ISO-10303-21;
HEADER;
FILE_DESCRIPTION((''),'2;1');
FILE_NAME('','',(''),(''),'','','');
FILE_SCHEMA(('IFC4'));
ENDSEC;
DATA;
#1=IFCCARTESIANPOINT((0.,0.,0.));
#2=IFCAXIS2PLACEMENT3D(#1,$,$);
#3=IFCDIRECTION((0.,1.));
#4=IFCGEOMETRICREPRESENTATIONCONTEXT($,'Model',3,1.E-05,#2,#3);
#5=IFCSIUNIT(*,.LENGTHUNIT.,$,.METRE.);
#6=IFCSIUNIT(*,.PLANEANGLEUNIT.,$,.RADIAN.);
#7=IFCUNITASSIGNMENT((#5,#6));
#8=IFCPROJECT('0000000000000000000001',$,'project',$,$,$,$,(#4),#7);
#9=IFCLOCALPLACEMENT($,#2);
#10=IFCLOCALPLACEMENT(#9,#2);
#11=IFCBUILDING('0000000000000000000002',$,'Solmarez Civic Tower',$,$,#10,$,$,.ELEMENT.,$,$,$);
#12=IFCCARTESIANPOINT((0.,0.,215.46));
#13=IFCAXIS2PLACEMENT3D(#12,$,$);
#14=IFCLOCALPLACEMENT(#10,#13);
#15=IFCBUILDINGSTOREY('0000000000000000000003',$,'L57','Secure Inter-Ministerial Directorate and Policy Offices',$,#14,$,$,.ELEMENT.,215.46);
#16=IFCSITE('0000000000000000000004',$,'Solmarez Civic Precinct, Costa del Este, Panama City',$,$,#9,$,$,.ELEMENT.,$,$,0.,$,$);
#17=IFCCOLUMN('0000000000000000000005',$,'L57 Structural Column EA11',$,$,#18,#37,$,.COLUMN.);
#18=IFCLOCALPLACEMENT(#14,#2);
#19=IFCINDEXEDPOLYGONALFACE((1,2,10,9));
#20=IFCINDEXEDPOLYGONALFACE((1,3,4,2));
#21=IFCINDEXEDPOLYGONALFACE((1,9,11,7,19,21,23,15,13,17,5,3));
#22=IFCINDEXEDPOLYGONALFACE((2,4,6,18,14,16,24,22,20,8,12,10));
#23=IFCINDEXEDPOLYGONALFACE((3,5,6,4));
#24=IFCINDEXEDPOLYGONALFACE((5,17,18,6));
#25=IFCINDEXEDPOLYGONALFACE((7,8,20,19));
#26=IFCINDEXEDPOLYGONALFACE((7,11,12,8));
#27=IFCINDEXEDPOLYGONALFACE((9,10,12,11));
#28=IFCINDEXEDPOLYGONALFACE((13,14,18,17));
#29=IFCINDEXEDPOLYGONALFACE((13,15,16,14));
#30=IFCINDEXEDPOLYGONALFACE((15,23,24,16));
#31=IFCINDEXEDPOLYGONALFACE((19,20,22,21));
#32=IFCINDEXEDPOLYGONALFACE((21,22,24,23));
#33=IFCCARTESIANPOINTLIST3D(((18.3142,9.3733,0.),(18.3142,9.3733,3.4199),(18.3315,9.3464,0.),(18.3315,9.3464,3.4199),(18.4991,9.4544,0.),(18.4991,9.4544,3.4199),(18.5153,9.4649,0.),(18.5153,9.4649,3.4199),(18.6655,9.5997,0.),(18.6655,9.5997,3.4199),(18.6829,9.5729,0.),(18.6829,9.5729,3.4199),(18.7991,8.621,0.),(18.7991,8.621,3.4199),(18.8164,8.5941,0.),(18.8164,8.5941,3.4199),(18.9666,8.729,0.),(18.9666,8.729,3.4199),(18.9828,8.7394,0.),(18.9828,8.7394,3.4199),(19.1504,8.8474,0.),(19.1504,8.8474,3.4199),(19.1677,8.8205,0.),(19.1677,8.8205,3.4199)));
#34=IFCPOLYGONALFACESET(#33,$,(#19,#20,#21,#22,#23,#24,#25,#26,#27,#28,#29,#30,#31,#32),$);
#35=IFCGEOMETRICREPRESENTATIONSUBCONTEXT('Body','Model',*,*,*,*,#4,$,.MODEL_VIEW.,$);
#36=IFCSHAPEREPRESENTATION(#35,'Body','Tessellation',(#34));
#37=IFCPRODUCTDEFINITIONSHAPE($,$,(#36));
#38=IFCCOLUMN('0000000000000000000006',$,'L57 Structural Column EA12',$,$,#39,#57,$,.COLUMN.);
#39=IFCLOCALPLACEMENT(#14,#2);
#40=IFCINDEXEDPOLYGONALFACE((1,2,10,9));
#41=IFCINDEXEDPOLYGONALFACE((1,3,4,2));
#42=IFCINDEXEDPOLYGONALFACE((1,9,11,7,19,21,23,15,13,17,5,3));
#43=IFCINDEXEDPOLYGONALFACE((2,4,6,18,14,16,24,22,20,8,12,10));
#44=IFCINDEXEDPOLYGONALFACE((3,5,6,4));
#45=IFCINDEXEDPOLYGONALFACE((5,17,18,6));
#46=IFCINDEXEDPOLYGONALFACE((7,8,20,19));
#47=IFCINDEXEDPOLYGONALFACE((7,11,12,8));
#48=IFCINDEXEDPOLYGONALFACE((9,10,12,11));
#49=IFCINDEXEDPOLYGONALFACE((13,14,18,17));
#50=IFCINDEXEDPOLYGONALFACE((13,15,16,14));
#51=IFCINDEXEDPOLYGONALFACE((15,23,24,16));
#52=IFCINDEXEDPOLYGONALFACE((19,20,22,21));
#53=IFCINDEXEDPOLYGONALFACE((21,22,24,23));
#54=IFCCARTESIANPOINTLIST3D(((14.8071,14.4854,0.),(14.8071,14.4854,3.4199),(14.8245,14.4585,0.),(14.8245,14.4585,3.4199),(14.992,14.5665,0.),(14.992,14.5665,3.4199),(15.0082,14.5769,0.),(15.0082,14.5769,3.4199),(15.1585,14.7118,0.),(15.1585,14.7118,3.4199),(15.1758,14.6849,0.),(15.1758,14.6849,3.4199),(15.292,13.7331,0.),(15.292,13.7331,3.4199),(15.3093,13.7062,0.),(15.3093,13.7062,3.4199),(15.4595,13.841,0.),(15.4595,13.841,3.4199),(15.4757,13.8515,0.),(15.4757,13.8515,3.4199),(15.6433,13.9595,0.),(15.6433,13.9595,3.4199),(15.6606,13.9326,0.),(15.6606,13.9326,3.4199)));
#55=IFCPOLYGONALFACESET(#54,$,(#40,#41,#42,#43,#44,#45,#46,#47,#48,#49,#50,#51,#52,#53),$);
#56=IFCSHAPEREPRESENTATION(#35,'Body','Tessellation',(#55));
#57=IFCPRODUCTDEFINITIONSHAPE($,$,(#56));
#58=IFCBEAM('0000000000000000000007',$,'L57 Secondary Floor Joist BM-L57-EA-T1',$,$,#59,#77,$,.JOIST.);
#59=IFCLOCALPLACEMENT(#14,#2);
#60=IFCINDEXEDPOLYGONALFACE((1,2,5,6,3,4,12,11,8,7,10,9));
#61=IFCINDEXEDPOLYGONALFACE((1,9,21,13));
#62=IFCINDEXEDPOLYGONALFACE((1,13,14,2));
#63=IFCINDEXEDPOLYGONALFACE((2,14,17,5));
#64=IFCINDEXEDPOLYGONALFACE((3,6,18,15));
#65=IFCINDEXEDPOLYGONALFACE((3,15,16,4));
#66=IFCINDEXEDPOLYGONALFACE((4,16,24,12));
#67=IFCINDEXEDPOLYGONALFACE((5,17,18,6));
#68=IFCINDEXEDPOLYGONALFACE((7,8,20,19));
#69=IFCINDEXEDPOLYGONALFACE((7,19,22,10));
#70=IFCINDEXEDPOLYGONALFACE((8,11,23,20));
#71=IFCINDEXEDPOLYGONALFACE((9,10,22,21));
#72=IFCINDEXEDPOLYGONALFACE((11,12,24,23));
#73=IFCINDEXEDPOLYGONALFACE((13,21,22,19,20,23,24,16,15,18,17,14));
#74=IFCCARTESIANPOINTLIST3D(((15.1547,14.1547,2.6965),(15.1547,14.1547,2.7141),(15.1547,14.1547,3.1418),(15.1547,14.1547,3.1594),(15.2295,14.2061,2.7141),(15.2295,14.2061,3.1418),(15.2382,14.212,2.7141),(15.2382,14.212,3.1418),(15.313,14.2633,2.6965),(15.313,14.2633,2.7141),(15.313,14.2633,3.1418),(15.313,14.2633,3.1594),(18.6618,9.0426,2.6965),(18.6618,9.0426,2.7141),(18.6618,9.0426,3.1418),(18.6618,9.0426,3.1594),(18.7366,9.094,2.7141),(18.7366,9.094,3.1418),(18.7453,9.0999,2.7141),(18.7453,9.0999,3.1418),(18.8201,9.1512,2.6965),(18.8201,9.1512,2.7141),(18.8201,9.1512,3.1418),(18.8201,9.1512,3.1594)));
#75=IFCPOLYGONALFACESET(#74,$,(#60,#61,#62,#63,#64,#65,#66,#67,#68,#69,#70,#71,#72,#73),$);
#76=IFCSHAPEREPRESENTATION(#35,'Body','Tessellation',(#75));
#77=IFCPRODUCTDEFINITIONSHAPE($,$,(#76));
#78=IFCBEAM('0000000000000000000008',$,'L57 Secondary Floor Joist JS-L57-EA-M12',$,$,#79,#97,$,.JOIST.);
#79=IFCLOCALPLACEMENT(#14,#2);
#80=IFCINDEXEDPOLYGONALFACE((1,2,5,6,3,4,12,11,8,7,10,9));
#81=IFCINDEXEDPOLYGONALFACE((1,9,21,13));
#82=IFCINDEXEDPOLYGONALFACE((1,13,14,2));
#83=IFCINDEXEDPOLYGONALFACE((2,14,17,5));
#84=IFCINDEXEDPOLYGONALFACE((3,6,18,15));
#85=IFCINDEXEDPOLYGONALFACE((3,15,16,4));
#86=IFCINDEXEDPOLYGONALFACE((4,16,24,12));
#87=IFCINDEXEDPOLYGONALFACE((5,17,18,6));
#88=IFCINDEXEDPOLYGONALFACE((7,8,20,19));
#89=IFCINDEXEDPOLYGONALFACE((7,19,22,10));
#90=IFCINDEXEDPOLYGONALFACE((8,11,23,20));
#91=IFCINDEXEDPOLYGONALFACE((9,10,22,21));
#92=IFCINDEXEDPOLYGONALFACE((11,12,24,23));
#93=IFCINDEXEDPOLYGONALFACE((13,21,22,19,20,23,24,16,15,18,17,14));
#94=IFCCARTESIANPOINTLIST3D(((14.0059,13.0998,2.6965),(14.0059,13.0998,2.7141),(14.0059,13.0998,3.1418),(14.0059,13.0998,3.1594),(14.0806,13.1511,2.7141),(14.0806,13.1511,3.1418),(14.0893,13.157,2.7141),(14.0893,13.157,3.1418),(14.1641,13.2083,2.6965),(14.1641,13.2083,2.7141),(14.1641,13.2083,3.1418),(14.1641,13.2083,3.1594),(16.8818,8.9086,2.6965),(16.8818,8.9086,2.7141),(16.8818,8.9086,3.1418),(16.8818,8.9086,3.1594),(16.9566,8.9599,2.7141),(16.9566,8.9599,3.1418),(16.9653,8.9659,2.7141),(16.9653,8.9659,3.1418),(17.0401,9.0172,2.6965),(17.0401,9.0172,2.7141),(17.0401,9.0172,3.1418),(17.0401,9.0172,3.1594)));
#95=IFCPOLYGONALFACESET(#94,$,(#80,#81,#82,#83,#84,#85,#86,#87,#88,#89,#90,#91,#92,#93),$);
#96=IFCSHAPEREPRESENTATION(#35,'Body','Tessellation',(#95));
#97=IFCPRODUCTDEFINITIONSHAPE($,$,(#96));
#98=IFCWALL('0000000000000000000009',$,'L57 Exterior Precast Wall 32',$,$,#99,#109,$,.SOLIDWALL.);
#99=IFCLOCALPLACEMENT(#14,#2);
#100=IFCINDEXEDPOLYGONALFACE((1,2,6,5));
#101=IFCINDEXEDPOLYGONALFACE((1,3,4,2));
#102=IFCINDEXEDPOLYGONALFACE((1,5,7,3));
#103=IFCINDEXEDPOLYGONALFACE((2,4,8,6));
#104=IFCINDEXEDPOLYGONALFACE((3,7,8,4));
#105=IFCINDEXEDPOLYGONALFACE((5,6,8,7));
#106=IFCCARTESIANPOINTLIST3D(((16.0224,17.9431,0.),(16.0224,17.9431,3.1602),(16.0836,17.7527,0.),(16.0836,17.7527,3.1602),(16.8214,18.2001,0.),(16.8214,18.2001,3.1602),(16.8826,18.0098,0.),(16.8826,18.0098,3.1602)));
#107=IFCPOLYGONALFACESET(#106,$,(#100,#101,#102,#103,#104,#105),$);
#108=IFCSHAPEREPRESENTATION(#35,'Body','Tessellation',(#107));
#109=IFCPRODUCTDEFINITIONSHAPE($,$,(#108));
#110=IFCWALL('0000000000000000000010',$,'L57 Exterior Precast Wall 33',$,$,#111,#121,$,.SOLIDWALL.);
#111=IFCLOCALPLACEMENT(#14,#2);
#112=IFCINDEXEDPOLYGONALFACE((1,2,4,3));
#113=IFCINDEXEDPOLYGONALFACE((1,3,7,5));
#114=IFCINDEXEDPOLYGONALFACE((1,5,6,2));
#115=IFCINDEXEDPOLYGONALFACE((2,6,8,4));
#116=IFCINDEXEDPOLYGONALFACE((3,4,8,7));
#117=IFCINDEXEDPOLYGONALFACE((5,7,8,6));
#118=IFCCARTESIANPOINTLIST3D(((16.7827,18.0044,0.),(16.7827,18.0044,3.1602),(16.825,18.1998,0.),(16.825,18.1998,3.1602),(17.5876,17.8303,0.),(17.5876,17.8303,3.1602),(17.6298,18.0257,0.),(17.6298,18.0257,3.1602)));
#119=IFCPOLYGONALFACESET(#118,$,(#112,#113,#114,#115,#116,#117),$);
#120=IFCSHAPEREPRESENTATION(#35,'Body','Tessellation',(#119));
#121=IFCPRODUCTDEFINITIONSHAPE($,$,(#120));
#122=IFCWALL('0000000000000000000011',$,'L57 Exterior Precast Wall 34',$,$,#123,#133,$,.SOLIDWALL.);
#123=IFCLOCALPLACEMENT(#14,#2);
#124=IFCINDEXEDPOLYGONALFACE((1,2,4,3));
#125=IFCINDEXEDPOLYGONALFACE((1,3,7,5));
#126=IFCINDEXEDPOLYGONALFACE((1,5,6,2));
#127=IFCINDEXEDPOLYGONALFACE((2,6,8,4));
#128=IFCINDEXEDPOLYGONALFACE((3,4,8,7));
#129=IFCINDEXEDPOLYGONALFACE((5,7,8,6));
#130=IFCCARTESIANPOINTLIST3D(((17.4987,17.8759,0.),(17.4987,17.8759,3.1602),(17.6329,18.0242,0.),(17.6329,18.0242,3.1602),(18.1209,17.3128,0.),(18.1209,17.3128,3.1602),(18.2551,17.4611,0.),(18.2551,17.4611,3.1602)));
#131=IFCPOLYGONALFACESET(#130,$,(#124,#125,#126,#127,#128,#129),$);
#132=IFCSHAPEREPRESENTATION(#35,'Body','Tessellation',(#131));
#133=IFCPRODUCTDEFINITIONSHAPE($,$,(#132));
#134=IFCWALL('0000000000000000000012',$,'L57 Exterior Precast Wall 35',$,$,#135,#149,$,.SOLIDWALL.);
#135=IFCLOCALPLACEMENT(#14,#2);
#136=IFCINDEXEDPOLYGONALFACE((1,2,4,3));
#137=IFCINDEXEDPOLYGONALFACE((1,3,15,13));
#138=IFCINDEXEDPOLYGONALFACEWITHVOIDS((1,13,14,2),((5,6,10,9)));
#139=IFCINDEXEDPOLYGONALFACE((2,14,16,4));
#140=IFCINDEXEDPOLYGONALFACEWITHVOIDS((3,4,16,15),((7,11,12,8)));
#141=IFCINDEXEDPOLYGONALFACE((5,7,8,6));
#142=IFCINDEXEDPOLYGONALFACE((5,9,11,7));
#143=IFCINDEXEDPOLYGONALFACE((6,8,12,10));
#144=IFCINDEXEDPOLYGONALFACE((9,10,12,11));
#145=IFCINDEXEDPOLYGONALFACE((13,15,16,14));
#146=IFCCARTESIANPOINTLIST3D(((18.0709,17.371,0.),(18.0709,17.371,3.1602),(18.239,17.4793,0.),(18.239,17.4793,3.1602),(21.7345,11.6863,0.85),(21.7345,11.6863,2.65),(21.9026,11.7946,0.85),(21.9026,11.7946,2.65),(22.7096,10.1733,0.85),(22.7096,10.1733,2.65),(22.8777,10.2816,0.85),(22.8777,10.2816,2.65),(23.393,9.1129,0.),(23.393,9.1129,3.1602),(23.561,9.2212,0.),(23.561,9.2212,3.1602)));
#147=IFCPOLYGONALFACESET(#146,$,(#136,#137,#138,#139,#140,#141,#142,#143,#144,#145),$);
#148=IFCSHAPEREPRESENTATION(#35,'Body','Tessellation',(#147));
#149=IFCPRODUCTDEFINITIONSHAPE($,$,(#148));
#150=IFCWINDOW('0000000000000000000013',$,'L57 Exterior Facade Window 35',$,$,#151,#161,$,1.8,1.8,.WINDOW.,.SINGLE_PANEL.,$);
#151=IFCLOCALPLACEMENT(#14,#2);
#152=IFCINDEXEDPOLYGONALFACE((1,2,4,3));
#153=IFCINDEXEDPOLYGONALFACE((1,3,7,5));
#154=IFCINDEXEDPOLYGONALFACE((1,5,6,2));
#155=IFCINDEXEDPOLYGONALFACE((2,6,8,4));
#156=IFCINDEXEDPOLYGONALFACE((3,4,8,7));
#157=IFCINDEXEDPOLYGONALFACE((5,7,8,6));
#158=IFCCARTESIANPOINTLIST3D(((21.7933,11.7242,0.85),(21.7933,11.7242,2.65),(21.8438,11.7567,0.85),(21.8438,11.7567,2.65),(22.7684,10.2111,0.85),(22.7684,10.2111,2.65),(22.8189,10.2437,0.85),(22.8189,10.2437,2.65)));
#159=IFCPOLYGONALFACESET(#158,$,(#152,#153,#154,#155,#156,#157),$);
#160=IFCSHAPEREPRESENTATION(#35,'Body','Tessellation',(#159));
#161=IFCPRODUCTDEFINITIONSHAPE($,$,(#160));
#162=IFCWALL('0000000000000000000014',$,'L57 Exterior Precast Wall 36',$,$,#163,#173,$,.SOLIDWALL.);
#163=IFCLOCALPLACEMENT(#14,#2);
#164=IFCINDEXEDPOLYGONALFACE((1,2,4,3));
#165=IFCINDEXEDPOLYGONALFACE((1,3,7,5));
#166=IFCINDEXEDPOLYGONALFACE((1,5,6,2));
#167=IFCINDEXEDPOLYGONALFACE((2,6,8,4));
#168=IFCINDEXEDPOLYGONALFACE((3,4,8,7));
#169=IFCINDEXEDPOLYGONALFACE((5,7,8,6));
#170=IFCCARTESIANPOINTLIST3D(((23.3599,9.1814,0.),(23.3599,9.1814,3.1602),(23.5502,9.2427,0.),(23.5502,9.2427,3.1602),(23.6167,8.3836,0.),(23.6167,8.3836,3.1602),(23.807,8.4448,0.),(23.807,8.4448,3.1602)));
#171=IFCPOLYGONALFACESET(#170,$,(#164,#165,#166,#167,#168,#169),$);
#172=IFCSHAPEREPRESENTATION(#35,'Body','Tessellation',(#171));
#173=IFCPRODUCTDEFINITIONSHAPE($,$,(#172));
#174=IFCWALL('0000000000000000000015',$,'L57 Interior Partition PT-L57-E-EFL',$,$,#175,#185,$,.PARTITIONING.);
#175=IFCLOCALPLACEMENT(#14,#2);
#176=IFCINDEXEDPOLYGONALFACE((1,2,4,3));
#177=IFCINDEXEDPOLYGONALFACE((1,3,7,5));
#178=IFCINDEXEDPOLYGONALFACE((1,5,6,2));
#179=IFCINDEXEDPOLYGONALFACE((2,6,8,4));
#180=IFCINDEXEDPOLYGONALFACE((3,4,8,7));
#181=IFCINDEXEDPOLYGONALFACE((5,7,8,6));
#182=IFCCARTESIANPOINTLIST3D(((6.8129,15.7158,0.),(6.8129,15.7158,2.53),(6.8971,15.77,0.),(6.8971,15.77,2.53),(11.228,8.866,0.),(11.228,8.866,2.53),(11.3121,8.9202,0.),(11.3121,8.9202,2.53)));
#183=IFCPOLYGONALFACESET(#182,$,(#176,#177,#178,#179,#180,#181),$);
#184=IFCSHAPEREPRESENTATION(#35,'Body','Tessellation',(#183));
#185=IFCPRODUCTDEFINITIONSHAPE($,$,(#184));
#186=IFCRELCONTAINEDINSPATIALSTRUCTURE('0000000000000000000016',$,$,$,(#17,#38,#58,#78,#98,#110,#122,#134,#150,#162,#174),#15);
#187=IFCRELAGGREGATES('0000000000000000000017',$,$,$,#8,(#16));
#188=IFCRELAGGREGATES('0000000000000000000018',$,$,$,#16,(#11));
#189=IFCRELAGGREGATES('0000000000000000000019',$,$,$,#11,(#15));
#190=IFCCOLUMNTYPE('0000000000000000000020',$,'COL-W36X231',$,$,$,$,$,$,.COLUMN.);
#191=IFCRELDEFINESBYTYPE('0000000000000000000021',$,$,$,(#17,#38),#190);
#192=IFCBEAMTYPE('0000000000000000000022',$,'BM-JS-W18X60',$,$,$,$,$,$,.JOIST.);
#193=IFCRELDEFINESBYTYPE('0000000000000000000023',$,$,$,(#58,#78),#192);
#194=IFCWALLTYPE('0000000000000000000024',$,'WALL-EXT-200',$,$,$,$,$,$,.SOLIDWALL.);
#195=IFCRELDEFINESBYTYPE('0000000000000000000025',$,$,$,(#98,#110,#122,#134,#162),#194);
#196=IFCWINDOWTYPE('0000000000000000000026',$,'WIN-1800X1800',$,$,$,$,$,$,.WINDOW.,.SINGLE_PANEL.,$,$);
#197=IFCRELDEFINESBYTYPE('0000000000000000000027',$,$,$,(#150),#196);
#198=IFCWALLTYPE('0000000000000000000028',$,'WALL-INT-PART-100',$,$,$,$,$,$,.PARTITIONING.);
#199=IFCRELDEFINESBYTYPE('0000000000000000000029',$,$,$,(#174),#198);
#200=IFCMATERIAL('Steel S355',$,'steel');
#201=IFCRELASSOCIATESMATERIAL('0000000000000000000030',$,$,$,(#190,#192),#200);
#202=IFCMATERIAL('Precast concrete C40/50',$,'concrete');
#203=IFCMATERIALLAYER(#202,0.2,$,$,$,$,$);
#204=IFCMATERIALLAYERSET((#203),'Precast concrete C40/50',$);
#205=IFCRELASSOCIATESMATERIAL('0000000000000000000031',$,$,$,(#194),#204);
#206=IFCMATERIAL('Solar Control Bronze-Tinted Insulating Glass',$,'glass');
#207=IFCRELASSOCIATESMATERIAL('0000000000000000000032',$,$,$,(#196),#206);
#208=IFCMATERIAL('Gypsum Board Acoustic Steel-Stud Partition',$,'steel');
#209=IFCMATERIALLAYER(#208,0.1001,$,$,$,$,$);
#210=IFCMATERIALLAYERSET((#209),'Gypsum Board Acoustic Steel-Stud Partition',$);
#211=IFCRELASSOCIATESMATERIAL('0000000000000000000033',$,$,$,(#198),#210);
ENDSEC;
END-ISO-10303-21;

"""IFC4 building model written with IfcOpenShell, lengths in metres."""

from ifc_helpers import new_model, si_unit, direction, frame, frame_2d, origin, origin_2d, place, context, subcontext, project, spatial, rectangle, i_section, extrude, material, layer, layer_set, material_profile, profile_set, type_object, element, fill, save


model = new_model("IFC4")

# Units and contexts
model_context = context("Model", 3, precision=1e-05, world=origin(), true_north=direction((0.0, 1.0)))
body_context = subcontext(model_context, "Body", "Model", "MODEL_VIEW")
ifc_project = project(units=[si_unit("LENGTHUNIT", "METRE"), si_unit("PLANEANGLEUNIT", "RADIAN")], contexts=[model_context])

# Site, building, storey
site_placement = place(None, origin())
site = spatial("IfcSite", under=ifc_project, at=site_placement, Name="Solmarez Civic Precinct, Costa del Este, Panama City", CompositionType="ELEMENT", RefElevation=0.0)
building_placement = place(site_placement, origin())
building = spatial("IfcBuilding", under=site, at=building_placement, Name="Solmarez Civic Tower", CompositionType="ELEMENT")
storey_placement = place(building_placement, frame((0.0, 0.0, 215.46)))
storey = spatial("IfcBuildingStorey", under=building, at=storey_placement, Name="L57", Description="Secure Inter-Ministerial Directorate and Policy Offices", CompositionType="ELEMENT", Elevation=215.46)

# Columns
ifc_material_1 = material(Name="Steel S355", Category="steel")
ifc_material_profile_1 = material_profile(ifc_material_1, i_section(OverallWidth=0.418, OverallDepth=0.927, WebThickness=0.0193, FlangeThickness=0.032, at=origin_2d()), Name="W36X231")
ifc_profile_set_1 = profile_set([ifc_material_profile_1], Name="Steel S355")
column_type = type_object("IfcColumnType", Name="COL-W36X231", PredefinedType="COLUMN", material=ifc_profile_set_1)
for number, where, z_axis, x_axis, name in (
    (1, (18.741, 9.0969, 0.0), (0.0, 0.0, 1.0), (0.840567, 0.541708, 0.0), "L57 Structural Column EA11"),
    (2, (15.2339, 14.209, 0.0), (0.0, 0.0, 1.0), (0.840567, 0.541708, 0.0), "L57 Structural Column EA12"),
):
    element("IfcColumn", number, at=place(storey_placement, frame(where, z_axis=z_axis, x_axis=x_axis)), inside=storey, type_object=column_type, Name=name, PredefinedType="COLUMN", context=body_context, shape_type="SweptSolid", body=[
        extrude(i_section(OverallWidth=0.418, OverallDepth=0.927, WebThickness=0.0193, FlangeThickness=0.032, at=origin_2d()), origin(), (0.0, 0.0, 1.0), 3.4199),
    ])

# Beams
ifc_material_profile_2 = material_profile(ifc_material_1, i_section(OverallWidth=0.1919, OverallDepth=0.4629, WebThickness=0.0105, FlangeThickness=0.0176, at=origin_2d()), Name="W18X60")
ifc_profile_set_2 = profile_set([ifc_material_profile_2], Name="Steel S355")
beam_type = type_object("IfcBeamType", Name="BM-JS-W18X60", PredefinedType="JOIST", material=ifc_profile_set_2)
beam_1_placement = place(storey_placement, frame((18.741, 9.0969, 2.928), z_axis=(-0.565711, 0.824603, 0.0), x_axis=(-0.824603, -0.565711, 0.0)))
element("IfcBeam", 3, at=beam_1_placement, inside=storey, type_object=beam_type, Name="L57 Secondary Floor Joist BM-L57-EA-T1", PredefinedType="JOIST", context=body_context, shape_type="SweptSolid", body=[
    extrude(i_section(OverallWidth=0.1919, OverallDepth=0.4629, WebThickness=0.0105, FlangeThickness=0.0176, at=origin_2d()), origin(), (0.0, 0.0, 1.0), 6.1995),
])
beam_2_placement = place(storey_placement, frame((16.9609, 8.9629, 2.928), z_axis=(-0.565801, 0.824542, 0.0), x_axis=(-0.824542, -0.565801, 0.0)))
element("IfcBeam", 4, at=beam_2_placement, inside=storey, type_object=beam_type, Name="L57 Secondary Floor Joist JS-L57-EA-M12", PredefinedType="JOIST", context=body_context, shape_type="SweptSolid", body=[
    extrude(i_section(OverallWidth=0.1919, OverallDepth=0.4629, WebThickness=0.0105, FlangeThickness=0.0176, at=origin_2d()), origin(), (0.0, 0.0, 1.0), 5.083),
])

# Walls
ifc_material_2 = material(Name="Precast concrete C40/50", Category="concrete")
ifc_layer_1 = layer(ifc_material_2, 0.2)
ifc_layer_set_1 = layer_set([ifc_layer_1], Name="Precast concrete C40/50")
wall_type_1 = type_object("IfcWallType", Name="WALL-EXT-200", PredefinedType="SOLIDWALL", material=ifc_layer_set_1)
wall_1_placement = place(storey_placement, frame((16.053, 17.8479, 0.0), z_axis=(0.0, 0.0, 1.0), x_axis=(0.951947, 0.306263, 0.0)))
element("IfcWall", 5, at=wall_1_placement, inside=storey, type_object=wall_type_1, Name="L57 Exterior Precast Wall 32", PredefinedType="SOLIDWALL", context=body_context, shape_type="SweptSolid", body=[
    extrude(rectangle(XDim=0.8394, YDim=0.2, at=frame_2d((0.4197, 0.0))), origin(), (0.0, 0.0, 1.0), 3.1602),
])
wall_2_placement = place(storey_placement, frame((16.804, 18.1021, 0.0), z_axis=(0.0, 0.0, 1.0), x_axis=(0.977406, -0.211371, 0.0)))
element("IfcWall", 6, at=wall_2_placement, inside=storey, type_object=wall_type_1, Name="L57 Exterior Precast Wall 33", PredefinedType="SOLIDWALL", context=body_context, shape_type="SweptSolid", body=[
    extrude(rectangle(XDim=0.8235, YDim=0.2, at=frame_2d((0.4116, 0.0))), origin(), (0.0, 0.0, 1.0), 3.1602),
])
wall_3_placement = place(storey_placement, frame((17.5659, 17.95, 0.0), z_axis=(0.0, 0.0, 1.0), x_axis=(0.741439, -0.67102, 0.0)))
element("IfcWall", 7, at=wall_3_placement, inside=storey, type_object=wall_type_1, Name="L57 Exterior Precast Wall 34", PredefinedType="SOLIDWALL", context=body_context, shape_type="SweptSolid", body=[
    extrude(rectangle(XDim=0.8391, YDim=0.2, at=frame_2d((0.4194, 0.0))), origin(), (0.0, 0.0, 1.0), 3.1602),
])

# Wall, opening, window
wall_4_placement = place(storey_placement, frame((18.155, 17.425, 0.0), z_axis=(0.0, 0.0, 1.0), x_axis=(0.541713, -0.840563, 0.0)))
wall_4 = element("IfcWall", 8, at=wall_4_placement, inside=storey, type_object=wall_type_1, Name="L57 Exterior Precast Wall 35", PredefinedType="SOLIDWALL", context=body_context, shape_type="SweptSolid", body=[
    extrude(rectangle(XDim=9.8245, YDim=0.2, at=frame_2d((4.9121, 0.0))), origin(), (0.0, 0.0, 1.0), 3.1602),
])
opening_1_placement = place(wall_4_placement, frame((6.7629, 0.0, 0.8501)))
opening_1 = element("IfcOpeningElement", 9, at=opening_1_placement, cuts=wall_4, PredefinedType="OPENING", context=body_context, shape_type="SweptSolid", body=[
    extrude(rectangle(XDim=1.8, YDim=1.8, at=frame_2d((0.8999, 0.8999))), frame((0.0, 0.1099, 0.0), z_axis=(0.0, -1.0, 0.0), x_axis=(1.0, 0.0, 0.0)), (0.0, 0.0, 1.0), 0.22),
])
ifc_material_3 = material(Name="Solar Control Bronze-Tinted Insulating Glass", Category="glass")
window_type = type_object("IfcWindowType", Name="WIN-1800X1800", PartitioningType="SINGLE_PANEL", PredefinedType="WINDOW", material=ifc_material_3)
window_placement = place(opening_1_placement, origin())
window = element("IfcWindow", 10, at=window_placement, inside=storey, type_object=window_type, Name="L57 Exterior Facade Window 35", OverallHeight=1.8, OverallWidth=1.8, PartitioningType="SINGLE_PANEL", PredefinedType="WINDOW", context=body_context, shape_type="SweptSolid", body=[
    extrude(rectangle(XDim=1.8, YDim=1.8, at=frame_2d((0.8999, 0.8999))), frame((0.0, 0.03, 0.0), z_axis=(0.0, -1.0, 0.0), x_axis=(1.0, 0.0, 0.0)), (0.0, 0.0, 1.0), 0.0601),
])
fill(opening_1, window)

# Walls
wall_5_placement = place(storey_placement, frame((23.4551, 9.2119, 0.0), z_axis=(0.0, 0.0, 1.0), x_axis=(0.306424, -0.951895, 0.0)))
element("IfcWall", 11, at=wall_5_placement, inside=storey, type_object=wall_type_1, Name="L57 Exterior Precast Wall 36", PredefinedType="SOLIDWALL", context=body_context, shape_type="SweptSolid", body=[
    extrude(rectangle(XDim=0.8381, YDim=0.2, at=frame_2d((0.4189, 0.0))), origin(), (0.0, 0.0, 1.0), 3.1602),
])
ifc_material_4 = material(Name="Gypsum Board Acoustic Steel-Stud Partition", Category="steel")
ifc_layer_2 = layer(ifc_material_4, 0.1001)
ifc_layer_set_2 = layer_set([ifc_layer_2], Name="Gypsum Board Acoustic Steel-Stud Partition")
wall_type_2 = type_object("IfcWallType", Name="WALL-INT-PART-100", PredefinedType="PARTITIONING", material=ifc_layer_set_2)
wall_6_placement = place(storey_placement, frame((11.27, 8.8931, 0.0), z_axis=(0.0, 0.0, 1.0), x_axis=(-0.541761, 0.840533, 0.0)))
element("IfcWall", 12, at=wall_6_placement, inside=storey, type_object=wall_type_2, Name="L57 Interior Partition PT-L57-E-EFL", PredefinedType="PARTITIONING", context=body_context, shape_type="SweptSolid", body=[
    extrude(rectangle(XDim=8.1494, YDim=0.1001, at=frame_2d((4.0747, 0.0))), origin(), (0.0, 0.0, 1.0), 2.53),
])

save(model, "model.ifc")
